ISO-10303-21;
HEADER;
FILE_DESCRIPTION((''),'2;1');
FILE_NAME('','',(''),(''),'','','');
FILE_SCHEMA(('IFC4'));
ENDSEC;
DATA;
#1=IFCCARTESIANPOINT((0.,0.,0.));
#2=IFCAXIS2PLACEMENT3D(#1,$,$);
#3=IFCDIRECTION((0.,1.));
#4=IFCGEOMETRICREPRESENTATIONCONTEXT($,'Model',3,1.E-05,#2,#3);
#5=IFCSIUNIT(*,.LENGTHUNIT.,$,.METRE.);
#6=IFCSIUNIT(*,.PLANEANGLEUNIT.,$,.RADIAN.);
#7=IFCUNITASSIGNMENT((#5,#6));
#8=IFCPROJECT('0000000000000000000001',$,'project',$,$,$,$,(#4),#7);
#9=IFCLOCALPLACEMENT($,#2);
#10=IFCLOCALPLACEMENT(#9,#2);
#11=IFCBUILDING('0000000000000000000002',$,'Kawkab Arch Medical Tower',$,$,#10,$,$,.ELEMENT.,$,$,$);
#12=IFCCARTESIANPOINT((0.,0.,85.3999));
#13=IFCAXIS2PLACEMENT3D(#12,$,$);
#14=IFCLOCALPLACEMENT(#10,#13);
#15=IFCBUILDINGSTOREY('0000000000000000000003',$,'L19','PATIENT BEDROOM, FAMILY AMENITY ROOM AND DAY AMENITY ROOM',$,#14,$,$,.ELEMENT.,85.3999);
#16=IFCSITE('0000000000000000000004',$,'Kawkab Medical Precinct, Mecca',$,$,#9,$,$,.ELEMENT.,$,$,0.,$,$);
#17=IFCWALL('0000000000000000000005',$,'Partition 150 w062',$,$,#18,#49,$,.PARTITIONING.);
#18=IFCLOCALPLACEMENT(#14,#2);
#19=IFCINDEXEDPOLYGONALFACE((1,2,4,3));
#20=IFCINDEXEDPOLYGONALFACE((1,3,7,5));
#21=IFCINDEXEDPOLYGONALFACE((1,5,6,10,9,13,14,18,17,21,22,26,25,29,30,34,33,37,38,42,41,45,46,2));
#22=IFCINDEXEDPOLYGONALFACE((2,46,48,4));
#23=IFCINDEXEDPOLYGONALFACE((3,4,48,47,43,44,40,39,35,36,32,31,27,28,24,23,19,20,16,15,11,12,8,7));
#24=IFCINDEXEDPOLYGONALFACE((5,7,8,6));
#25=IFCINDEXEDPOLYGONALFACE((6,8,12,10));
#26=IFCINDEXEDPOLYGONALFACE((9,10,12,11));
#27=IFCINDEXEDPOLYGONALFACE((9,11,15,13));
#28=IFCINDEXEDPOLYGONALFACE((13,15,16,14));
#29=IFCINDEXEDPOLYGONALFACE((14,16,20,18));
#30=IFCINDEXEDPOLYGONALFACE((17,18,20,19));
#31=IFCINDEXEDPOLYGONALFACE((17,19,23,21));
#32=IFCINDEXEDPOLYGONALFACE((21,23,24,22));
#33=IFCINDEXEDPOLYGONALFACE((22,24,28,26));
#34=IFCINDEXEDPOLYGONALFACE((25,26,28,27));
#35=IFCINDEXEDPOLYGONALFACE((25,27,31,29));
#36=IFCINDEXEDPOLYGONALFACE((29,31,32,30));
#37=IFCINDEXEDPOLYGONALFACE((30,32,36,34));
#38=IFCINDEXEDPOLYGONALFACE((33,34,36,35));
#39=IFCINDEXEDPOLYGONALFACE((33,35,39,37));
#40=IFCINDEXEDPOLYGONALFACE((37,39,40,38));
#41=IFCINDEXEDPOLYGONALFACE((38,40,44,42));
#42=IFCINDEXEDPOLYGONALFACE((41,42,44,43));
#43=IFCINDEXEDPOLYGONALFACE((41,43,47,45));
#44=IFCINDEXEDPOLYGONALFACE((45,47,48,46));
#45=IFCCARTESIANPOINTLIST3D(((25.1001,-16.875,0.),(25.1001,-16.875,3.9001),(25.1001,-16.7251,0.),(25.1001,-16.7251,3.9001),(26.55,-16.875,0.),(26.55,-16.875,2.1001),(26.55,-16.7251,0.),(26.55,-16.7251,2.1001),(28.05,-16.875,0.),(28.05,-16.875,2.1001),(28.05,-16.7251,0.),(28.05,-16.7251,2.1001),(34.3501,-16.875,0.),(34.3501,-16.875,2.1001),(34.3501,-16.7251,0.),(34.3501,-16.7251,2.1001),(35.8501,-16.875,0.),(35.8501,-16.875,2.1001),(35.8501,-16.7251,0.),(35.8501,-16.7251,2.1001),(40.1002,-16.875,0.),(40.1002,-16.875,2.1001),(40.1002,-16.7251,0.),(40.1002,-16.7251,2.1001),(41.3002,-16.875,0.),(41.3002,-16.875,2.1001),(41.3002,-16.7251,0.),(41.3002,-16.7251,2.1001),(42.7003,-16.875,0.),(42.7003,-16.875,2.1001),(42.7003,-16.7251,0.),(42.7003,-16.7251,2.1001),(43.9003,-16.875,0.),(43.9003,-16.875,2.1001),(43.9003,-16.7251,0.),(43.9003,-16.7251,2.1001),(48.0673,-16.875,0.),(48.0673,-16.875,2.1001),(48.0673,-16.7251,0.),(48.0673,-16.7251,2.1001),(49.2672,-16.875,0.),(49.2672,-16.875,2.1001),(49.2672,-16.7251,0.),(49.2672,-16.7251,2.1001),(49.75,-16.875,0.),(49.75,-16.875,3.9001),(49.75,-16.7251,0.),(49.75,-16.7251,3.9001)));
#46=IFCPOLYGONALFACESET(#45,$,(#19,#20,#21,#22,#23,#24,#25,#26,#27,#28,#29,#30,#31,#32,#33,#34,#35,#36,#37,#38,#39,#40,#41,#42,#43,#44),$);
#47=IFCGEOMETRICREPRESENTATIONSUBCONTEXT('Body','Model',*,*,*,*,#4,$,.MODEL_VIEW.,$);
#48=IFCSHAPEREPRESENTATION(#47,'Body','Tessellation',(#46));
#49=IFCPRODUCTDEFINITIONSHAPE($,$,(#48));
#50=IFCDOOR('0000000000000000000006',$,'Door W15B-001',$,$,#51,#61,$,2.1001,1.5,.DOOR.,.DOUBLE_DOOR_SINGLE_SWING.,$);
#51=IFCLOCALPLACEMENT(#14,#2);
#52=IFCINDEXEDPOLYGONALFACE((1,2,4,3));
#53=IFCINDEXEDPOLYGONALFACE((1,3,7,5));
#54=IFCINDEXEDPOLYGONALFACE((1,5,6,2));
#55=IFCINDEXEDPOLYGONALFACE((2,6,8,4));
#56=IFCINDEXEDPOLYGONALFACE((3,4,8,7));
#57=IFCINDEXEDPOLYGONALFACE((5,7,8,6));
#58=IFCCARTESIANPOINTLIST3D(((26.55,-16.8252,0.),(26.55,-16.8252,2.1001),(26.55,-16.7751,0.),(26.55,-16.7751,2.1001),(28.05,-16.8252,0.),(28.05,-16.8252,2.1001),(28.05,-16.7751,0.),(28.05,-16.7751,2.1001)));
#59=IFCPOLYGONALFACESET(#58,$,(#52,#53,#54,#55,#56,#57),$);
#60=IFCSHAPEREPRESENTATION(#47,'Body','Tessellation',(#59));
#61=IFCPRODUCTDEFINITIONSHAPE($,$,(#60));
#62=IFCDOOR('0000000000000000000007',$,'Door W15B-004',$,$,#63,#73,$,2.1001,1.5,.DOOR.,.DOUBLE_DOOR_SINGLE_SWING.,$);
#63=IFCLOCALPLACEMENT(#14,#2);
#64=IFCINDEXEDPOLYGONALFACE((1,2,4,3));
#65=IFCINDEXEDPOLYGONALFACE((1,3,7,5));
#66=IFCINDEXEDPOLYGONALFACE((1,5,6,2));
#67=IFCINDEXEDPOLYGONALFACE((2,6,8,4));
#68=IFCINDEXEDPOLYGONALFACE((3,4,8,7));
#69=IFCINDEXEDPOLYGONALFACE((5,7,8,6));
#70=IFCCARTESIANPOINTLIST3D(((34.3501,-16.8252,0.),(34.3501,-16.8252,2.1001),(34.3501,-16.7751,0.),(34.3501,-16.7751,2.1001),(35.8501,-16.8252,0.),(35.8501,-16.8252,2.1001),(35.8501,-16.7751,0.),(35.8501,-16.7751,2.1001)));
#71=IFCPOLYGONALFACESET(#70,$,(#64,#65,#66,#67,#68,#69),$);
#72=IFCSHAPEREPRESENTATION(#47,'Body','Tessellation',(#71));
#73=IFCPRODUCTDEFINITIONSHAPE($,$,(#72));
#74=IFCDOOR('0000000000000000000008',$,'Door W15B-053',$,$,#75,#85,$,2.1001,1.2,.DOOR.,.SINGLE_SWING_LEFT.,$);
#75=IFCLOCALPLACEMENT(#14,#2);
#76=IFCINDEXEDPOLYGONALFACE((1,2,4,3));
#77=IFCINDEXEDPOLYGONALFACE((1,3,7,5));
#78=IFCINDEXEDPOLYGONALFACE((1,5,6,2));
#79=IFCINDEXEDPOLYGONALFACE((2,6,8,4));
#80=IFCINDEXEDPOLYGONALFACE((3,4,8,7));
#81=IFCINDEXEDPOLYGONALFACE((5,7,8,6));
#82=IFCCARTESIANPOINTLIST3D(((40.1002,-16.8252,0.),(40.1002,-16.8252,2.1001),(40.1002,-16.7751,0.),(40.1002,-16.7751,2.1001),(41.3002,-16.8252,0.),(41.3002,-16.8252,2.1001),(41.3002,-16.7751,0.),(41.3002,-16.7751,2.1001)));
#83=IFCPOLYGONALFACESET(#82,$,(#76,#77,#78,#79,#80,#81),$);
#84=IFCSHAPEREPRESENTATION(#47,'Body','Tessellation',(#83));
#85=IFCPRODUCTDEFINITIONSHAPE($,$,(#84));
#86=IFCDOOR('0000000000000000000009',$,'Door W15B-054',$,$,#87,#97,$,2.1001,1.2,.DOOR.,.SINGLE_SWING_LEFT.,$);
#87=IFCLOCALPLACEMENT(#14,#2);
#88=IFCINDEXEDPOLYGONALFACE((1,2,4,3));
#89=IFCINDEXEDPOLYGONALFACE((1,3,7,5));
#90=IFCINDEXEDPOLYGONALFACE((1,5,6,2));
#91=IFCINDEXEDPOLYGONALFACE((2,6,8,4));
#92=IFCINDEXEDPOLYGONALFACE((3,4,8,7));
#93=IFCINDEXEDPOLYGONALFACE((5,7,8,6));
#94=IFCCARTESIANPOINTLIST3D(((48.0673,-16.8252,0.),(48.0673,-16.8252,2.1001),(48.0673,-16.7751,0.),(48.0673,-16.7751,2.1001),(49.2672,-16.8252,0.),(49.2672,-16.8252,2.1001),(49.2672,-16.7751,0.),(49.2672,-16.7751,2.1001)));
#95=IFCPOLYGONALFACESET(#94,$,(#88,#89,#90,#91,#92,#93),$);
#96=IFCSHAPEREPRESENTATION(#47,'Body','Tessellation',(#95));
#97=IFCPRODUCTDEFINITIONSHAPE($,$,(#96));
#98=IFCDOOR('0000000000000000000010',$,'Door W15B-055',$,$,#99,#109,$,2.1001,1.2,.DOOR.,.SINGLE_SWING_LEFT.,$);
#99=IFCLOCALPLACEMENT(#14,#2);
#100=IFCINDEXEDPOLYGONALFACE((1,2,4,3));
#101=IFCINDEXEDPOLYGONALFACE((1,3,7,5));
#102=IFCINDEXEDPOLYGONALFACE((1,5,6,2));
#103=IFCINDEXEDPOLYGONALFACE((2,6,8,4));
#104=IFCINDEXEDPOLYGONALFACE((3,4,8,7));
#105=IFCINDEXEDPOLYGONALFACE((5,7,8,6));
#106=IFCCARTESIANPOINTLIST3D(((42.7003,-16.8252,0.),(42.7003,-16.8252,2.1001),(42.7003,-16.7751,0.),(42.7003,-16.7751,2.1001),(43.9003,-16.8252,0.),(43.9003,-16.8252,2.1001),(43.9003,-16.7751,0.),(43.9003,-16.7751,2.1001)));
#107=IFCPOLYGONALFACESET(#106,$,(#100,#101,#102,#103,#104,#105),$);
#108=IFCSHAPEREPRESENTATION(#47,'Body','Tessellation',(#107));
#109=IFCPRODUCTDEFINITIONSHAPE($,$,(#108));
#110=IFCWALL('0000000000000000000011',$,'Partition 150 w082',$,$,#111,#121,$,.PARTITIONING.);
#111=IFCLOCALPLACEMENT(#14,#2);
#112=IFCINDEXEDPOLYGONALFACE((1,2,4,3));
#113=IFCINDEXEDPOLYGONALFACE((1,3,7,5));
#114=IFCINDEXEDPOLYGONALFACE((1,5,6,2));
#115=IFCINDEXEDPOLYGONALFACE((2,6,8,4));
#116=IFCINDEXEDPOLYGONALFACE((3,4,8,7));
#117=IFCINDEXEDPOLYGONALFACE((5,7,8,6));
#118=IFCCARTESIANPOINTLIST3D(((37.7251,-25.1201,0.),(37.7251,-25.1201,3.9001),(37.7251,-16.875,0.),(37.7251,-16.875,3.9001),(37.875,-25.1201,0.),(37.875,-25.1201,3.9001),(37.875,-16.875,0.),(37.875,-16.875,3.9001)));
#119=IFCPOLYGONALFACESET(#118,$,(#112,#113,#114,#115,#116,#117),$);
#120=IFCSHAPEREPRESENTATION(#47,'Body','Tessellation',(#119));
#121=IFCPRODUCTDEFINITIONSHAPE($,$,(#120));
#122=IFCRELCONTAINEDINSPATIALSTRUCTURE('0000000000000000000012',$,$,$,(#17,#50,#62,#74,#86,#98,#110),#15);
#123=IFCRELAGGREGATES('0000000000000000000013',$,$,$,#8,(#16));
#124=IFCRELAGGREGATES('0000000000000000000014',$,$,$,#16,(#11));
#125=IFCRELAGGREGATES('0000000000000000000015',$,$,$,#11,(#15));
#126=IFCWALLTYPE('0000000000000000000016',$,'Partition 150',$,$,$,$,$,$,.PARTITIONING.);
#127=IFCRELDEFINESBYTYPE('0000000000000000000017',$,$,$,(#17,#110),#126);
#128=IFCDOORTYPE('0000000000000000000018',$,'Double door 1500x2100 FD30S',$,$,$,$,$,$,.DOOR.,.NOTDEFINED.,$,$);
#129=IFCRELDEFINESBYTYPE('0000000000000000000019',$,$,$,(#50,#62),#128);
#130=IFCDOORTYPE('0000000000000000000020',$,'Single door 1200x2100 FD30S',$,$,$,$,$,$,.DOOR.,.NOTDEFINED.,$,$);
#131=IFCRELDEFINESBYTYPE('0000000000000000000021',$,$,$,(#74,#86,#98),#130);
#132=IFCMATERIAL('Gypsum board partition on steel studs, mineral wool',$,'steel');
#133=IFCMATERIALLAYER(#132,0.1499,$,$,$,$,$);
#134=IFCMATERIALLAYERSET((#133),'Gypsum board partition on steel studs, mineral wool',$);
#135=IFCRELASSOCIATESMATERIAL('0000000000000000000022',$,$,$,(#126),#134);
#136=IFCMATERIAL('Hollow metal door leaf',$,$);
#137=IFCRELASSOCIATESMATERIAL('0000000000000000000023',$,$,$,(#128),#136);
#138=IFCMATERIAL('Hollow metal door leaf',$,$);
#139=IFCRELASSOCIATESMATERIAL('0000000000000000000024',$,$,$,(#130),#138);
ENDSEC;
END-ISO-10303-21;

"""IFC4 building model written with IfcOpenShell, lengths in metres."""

from ifc_helpers import new_model, si_unit, direction, frame, frame_2d, origin, place, context, subcontext, project, spatial, rectangle, extrude, material, layer, layer_set, type_object, element, fill, save


model = new_model("IFC4")

# Units and contexts
model_context = context("Model", 3, precision=1e-05, world=origin(), true_north=direction((0.0, 1.0)))
body_context = subcontext(model_context, "Body", "Model", "MODEL_VIEW")
ifc_project = project(units=[si_unit("LENGTHUNIT", "METRE"), si_unit("PLANEANGLEUNIT", "RADIAN")], contexts=[model_context])

# Site, building, storey
site_placement = place(None, origin())
site = spatial("IfcSite", under=ifc_project, at=site_placement, Name="Kawkab Medical Precinct, Mecca", CompositionType="ELEMENT", RefElevation=0.0)
building_placement = place(site_placement, origin())
building = spatial("IfcBuilding", under=site, at=building_placement, Name="Kawkab Arch Medical Tower", CompositionType="ELEMENT")
storey_placement = place(building_placement, frame((0.0, 0.0, 85.3999)))
storey = spatial("IfcBuildingStorey", under=building, at=storey_placement, Name="L19", Description="PATIENT BEDROOM, FAMILY AMENITY ROOM AND DAY AMENITY ROOM", CompositionType="ELEMENT", Elevation=85.3999)

# Shared definitions
ifc_material_1 = material(Name="Gypsum board partition on steel studs, mineral wool", Category="steel")
ifc_layer_1 = layer(ifc_material_1, 0.1499)
ifc_layer_set_1 = layer_set([ifc_layer_1], Name="Gypsum board partition on steel studs, mineral wool")
wall_type_1 = type_object("IfcWallType", Name="Partition 150", PredefinedType="PARTITIONING", material=ifc_layer_set_1)

# Wall, openings, doors
wall_1_placement = place(storey_placement, frame((25.1001, -16.8, 0.0), z_axis=(0.0, 0.0, 1.0), x_axis=(1.0, 0.0, 0.0)))
wall_1 = element("IfcWall", 1, at=wall_1_placement, inside=storey, type_object=wall_type_1, Name="Partition 150 w062", PredefinedType="PARTITIONING", context=body_context, shape_type="SweptSolid", body=[
    extrude(rectangle(XDim=24.6499, YDim=0.1499, at=frame_2d((12.325, 0.0))), origin(), (0.0, 0.0, 1.0), 3.9001),
])
opening_1_placement = place(wall_1_placement, frame((1.45, 0.0, 0.0)))
opening_1 = element("IfcOpeningElement", 2, at=opening_1_placement, cuts=wall_1, PredefinedType="OPENING", context=body_context, shape_type="SweptSolid", body=[
    extrude(rectangle(XDim=1.5, YDim=2.1001, at=frame_2d((0.75, 1.05))), frame((0.0, 0.085, 0.0), z_axis=(0.0, -1.0, 0.0), x_axis=(1.0, 0.0, 0.0)), (0.0, 0.0, 1.0), 0.1699),
])
opening_2_placement = place(wall_1_placement, frame((9.25, 0.0, 0.0)))
opening_2 = element("IfcOpeningElement", 3, at=opening_2_placement, cuts=wall_1, PredefinedType="OPENING", context=body_context, shape_type="SweptSolid", body=[
    extrude(rectangle(XDim=1.5, YDim=2.1001, at=frame_2d((0.75, 1.05))), frame((0.0, 0.085, 0.0), z_axis=(0.0, -1.0, 0.0), x_axis=(1.0, 0.0, 0.0)), (0.0, 0.0, 1.0), 0.1699),
])
opening_3_placement = place(wall_1_placement, frame((15.0, 0.0, 0.0)))
opening_3 = element("IfcOpeningElement", 4, at=opening_3_placement, cuts=wall_1, PredefinedType="OPENING", context=body_context, shape_type="SweptSolid", body=[
    extrude(rectangle(XDim=1.2, YDim=2.1001, at=frame_2d((0.6001, 1.05))), frame((0.0, 0.085, 0.0), z_axis=(0.0, -1.0, 0.0), x_axis=(1.0, 0.0, 0.0)), (0.0, 0.0, 1.0), 0.1699),
])
opening_4_placement = place(wall_1_placement, frame((22.967, 0.0, 0.0)))
opening_4 = element("IfcOpeningElement", 5, at=opening_4_placement, cuts=wall_1, PredefinedType="OPENING", context=body_context, shape_type="SweptSolid", body=[
    extrude(rectangle(XDim=1.2, YDim=2.1001, at=frame_2d((0.6001, 1.05))), frame((0.0, 0.085, 0.0), z_axis=(0.0, -1.0, 0.0), x_axis=(1.0, 0.0, 0.0)), (0.0, 0.0, 1.0), 0.1699),
])
opening_5_placement = place(wall_1_placement, frame((17.6001, 0.0, 0.0)))
opening_5 = element("IfcOpeningElement", 6, at=opening_5_placement, cuts=wall_1, PredefinedType="OPENING", context=body_context, shape_type="SweptSolid", body=[
    extrude(rectangle(XDim=1.2, YDim=2.1001, at=frame_2d((0.6001, 1.05))), frame((0.0, 0.085, 0.0), z_axis=(0.0, -1.0, 0.0), x_axis=(1.0, 0.0, 0.0)), (0.0, 0.0, 1.0), 0.1699),
])
ifc_material_2 = material(Name="Hollow metal door leaf")
door_type_1 = type_object("IfcDoorType", Name="Double door 1500x2100 FD30S", OperationType="NOTDEFINED", PredefinedType="DOOR", material=ifc_material_2)
door_1_placement = place(opening_1_placement, origin())
door_1 = element("IfcDoor", 7, at=door_1_placement, inside=storey, type_object=door_type_1, Name="Door W15B-001", OperationType="DOUBLE_DOOR_SINGLE_SWING", OverallHeight=2.1001, OverallWidth=1.5, PredefinedType="DOOR", context=body_context, shape_type="SweptSolid", body=[
    extrude(rectangle(XDim=1.5, YDim=2.1001, at=frame_2d((0.75, 1.05))), frame((0.0, 0.0249, 0.0), z_axis=(0.0, -1.0, 0.0), x_axis=(1.0, 0.0, 0.0)), (0.0, 0.0, 1.0), 0.05),
])
fill(opening_1, door_1)
door_2_placement = place(opening_2_placement, origin())
door_2 = element("IfcDoor", 8, at=door_2_placement, inside=storey, type_object=door_type_1, Name="Door W15B-004", OperationType="DOUBLE_DOOR_SINGLE_SWING", OverallHeight=2.1001, OverallWidth=1.5, PredefinedType="DOOR", context=body_context, shape_type="SweptSolid", body=[
    extrude(rectangle(XDim=1.5, YDim=2.1001, at=frame_2d((0.75, 1.05))), frame((0.0, 0.0249, 0.0), z_axis=(0.0, -1.0, 0.0), x_axis=(1.0, 0.0, 0.0)), (0.0, 0.0, 1.0), 0.05),
])
fill(opening_2, door_2)
ifc_material_3 = material(Name="Hollow metal door leaf")
door_type_2 = type_object("IfcDoorType", Name="Single door 1200x2100 FD30S", OperationType="NOTDEFINED", PredefinedType="DOOR", material=ifc_material_3)
door_3_placement = place(opening_3_placement, origin())
door_3 = element("IfcDoor", 9, at=door_3_placement, inside=storey, type_object=door_type_2, Name="Door W15B-053", OperationType="SINGLE_SWING_LEFT", OverallHeight=2.1001, OverallWidth=1.2, PredefinedType="DOOR", context=body_context, shape_type="SweptSolid", body=[
    extrude(rectangle(XDim=1.2, YDim=2.1001, at=frame_2d((0.6001, 1.05))), frame((0.0, 0.0249, 0.0), z_axis=(0.0, -1.0, 0.0), x_axis=(1.0, 0.0, 0.0)), (0.0, 0.0, 1.0), 0.05),
])
fill(opening_3, door_3)
door_4_placement = place(opening_4_placement, origin())
door_4 = element("IfcDoor", 10, at=door_4_placement, inside=storey, type_object=door_type_2, Name="Door W15B-054", OperationType="SINGLE_SWING_LEFT", OverallHeight=2.1001, OverallWidth=1.2, PredefinedType="DOOR", context=body_context, shape_type="SweptSolid", body=[
    extrude(rectangle(XDim=1.2, YDim=2.1001, at=frame_2d((0.6001, 1.05))), frame((0.0, 0.0249, 0.0), z_axis=(0.0, -1.0, 0.0), x_axis=(1.0, 0.0, 0.0)), (0.0, 0.0, 1.0), 0.05),
])
fill(opening_4, door_4)
door_5_placement = place(opening_5_placement, origin())
door_5 = element("IfcDoor", 11, at=door_5_placement, inside=storey, type_object=door_type_2, Name="Door W15B-055", OperationType="SINGLE_SWING_LEFT", OverallHeight=2.1001, OverallWidth=1.2, PredefinedType="DOOR", context=body_context, shape_type="SweptSolid", body=[
    extrude(rectangle(XDim=1.2, YDim=2.1001, at=frame_2d((0.6001, 1.05))), frame((0.0, 0.0249, 0.0), z_axis=(0.0, -1.0, 0.0), x_axis=(1.0, 0.0, 0.0)), (0.0, 0.0, 1.0), 0.05),
])
fill(opening_5, door_5)

# Wall
wall_2_placement = place(storey_placement, frame((37.8, -25.1201, 0.0), z_axis=(0.0, 0.0, 1.0), x_axis=(0.0, 1.0, 0.0)))
element("IfcWall", 12, at=wall_2_placement, inside=storey, type_object=wall_type_1, Name="Partition 150 w082", PredefinedType="PARTITIONING", context=body_context, shape_type="SweptSolid", body=[
    extrude(rectangle(XDim=8.2451, YDim=0.1499, at=frame_2d((4.1226, 0.0))), origin(), (0.0, 0.0, 1.0), 3.9001),
])

save(model, "model.ifc")
